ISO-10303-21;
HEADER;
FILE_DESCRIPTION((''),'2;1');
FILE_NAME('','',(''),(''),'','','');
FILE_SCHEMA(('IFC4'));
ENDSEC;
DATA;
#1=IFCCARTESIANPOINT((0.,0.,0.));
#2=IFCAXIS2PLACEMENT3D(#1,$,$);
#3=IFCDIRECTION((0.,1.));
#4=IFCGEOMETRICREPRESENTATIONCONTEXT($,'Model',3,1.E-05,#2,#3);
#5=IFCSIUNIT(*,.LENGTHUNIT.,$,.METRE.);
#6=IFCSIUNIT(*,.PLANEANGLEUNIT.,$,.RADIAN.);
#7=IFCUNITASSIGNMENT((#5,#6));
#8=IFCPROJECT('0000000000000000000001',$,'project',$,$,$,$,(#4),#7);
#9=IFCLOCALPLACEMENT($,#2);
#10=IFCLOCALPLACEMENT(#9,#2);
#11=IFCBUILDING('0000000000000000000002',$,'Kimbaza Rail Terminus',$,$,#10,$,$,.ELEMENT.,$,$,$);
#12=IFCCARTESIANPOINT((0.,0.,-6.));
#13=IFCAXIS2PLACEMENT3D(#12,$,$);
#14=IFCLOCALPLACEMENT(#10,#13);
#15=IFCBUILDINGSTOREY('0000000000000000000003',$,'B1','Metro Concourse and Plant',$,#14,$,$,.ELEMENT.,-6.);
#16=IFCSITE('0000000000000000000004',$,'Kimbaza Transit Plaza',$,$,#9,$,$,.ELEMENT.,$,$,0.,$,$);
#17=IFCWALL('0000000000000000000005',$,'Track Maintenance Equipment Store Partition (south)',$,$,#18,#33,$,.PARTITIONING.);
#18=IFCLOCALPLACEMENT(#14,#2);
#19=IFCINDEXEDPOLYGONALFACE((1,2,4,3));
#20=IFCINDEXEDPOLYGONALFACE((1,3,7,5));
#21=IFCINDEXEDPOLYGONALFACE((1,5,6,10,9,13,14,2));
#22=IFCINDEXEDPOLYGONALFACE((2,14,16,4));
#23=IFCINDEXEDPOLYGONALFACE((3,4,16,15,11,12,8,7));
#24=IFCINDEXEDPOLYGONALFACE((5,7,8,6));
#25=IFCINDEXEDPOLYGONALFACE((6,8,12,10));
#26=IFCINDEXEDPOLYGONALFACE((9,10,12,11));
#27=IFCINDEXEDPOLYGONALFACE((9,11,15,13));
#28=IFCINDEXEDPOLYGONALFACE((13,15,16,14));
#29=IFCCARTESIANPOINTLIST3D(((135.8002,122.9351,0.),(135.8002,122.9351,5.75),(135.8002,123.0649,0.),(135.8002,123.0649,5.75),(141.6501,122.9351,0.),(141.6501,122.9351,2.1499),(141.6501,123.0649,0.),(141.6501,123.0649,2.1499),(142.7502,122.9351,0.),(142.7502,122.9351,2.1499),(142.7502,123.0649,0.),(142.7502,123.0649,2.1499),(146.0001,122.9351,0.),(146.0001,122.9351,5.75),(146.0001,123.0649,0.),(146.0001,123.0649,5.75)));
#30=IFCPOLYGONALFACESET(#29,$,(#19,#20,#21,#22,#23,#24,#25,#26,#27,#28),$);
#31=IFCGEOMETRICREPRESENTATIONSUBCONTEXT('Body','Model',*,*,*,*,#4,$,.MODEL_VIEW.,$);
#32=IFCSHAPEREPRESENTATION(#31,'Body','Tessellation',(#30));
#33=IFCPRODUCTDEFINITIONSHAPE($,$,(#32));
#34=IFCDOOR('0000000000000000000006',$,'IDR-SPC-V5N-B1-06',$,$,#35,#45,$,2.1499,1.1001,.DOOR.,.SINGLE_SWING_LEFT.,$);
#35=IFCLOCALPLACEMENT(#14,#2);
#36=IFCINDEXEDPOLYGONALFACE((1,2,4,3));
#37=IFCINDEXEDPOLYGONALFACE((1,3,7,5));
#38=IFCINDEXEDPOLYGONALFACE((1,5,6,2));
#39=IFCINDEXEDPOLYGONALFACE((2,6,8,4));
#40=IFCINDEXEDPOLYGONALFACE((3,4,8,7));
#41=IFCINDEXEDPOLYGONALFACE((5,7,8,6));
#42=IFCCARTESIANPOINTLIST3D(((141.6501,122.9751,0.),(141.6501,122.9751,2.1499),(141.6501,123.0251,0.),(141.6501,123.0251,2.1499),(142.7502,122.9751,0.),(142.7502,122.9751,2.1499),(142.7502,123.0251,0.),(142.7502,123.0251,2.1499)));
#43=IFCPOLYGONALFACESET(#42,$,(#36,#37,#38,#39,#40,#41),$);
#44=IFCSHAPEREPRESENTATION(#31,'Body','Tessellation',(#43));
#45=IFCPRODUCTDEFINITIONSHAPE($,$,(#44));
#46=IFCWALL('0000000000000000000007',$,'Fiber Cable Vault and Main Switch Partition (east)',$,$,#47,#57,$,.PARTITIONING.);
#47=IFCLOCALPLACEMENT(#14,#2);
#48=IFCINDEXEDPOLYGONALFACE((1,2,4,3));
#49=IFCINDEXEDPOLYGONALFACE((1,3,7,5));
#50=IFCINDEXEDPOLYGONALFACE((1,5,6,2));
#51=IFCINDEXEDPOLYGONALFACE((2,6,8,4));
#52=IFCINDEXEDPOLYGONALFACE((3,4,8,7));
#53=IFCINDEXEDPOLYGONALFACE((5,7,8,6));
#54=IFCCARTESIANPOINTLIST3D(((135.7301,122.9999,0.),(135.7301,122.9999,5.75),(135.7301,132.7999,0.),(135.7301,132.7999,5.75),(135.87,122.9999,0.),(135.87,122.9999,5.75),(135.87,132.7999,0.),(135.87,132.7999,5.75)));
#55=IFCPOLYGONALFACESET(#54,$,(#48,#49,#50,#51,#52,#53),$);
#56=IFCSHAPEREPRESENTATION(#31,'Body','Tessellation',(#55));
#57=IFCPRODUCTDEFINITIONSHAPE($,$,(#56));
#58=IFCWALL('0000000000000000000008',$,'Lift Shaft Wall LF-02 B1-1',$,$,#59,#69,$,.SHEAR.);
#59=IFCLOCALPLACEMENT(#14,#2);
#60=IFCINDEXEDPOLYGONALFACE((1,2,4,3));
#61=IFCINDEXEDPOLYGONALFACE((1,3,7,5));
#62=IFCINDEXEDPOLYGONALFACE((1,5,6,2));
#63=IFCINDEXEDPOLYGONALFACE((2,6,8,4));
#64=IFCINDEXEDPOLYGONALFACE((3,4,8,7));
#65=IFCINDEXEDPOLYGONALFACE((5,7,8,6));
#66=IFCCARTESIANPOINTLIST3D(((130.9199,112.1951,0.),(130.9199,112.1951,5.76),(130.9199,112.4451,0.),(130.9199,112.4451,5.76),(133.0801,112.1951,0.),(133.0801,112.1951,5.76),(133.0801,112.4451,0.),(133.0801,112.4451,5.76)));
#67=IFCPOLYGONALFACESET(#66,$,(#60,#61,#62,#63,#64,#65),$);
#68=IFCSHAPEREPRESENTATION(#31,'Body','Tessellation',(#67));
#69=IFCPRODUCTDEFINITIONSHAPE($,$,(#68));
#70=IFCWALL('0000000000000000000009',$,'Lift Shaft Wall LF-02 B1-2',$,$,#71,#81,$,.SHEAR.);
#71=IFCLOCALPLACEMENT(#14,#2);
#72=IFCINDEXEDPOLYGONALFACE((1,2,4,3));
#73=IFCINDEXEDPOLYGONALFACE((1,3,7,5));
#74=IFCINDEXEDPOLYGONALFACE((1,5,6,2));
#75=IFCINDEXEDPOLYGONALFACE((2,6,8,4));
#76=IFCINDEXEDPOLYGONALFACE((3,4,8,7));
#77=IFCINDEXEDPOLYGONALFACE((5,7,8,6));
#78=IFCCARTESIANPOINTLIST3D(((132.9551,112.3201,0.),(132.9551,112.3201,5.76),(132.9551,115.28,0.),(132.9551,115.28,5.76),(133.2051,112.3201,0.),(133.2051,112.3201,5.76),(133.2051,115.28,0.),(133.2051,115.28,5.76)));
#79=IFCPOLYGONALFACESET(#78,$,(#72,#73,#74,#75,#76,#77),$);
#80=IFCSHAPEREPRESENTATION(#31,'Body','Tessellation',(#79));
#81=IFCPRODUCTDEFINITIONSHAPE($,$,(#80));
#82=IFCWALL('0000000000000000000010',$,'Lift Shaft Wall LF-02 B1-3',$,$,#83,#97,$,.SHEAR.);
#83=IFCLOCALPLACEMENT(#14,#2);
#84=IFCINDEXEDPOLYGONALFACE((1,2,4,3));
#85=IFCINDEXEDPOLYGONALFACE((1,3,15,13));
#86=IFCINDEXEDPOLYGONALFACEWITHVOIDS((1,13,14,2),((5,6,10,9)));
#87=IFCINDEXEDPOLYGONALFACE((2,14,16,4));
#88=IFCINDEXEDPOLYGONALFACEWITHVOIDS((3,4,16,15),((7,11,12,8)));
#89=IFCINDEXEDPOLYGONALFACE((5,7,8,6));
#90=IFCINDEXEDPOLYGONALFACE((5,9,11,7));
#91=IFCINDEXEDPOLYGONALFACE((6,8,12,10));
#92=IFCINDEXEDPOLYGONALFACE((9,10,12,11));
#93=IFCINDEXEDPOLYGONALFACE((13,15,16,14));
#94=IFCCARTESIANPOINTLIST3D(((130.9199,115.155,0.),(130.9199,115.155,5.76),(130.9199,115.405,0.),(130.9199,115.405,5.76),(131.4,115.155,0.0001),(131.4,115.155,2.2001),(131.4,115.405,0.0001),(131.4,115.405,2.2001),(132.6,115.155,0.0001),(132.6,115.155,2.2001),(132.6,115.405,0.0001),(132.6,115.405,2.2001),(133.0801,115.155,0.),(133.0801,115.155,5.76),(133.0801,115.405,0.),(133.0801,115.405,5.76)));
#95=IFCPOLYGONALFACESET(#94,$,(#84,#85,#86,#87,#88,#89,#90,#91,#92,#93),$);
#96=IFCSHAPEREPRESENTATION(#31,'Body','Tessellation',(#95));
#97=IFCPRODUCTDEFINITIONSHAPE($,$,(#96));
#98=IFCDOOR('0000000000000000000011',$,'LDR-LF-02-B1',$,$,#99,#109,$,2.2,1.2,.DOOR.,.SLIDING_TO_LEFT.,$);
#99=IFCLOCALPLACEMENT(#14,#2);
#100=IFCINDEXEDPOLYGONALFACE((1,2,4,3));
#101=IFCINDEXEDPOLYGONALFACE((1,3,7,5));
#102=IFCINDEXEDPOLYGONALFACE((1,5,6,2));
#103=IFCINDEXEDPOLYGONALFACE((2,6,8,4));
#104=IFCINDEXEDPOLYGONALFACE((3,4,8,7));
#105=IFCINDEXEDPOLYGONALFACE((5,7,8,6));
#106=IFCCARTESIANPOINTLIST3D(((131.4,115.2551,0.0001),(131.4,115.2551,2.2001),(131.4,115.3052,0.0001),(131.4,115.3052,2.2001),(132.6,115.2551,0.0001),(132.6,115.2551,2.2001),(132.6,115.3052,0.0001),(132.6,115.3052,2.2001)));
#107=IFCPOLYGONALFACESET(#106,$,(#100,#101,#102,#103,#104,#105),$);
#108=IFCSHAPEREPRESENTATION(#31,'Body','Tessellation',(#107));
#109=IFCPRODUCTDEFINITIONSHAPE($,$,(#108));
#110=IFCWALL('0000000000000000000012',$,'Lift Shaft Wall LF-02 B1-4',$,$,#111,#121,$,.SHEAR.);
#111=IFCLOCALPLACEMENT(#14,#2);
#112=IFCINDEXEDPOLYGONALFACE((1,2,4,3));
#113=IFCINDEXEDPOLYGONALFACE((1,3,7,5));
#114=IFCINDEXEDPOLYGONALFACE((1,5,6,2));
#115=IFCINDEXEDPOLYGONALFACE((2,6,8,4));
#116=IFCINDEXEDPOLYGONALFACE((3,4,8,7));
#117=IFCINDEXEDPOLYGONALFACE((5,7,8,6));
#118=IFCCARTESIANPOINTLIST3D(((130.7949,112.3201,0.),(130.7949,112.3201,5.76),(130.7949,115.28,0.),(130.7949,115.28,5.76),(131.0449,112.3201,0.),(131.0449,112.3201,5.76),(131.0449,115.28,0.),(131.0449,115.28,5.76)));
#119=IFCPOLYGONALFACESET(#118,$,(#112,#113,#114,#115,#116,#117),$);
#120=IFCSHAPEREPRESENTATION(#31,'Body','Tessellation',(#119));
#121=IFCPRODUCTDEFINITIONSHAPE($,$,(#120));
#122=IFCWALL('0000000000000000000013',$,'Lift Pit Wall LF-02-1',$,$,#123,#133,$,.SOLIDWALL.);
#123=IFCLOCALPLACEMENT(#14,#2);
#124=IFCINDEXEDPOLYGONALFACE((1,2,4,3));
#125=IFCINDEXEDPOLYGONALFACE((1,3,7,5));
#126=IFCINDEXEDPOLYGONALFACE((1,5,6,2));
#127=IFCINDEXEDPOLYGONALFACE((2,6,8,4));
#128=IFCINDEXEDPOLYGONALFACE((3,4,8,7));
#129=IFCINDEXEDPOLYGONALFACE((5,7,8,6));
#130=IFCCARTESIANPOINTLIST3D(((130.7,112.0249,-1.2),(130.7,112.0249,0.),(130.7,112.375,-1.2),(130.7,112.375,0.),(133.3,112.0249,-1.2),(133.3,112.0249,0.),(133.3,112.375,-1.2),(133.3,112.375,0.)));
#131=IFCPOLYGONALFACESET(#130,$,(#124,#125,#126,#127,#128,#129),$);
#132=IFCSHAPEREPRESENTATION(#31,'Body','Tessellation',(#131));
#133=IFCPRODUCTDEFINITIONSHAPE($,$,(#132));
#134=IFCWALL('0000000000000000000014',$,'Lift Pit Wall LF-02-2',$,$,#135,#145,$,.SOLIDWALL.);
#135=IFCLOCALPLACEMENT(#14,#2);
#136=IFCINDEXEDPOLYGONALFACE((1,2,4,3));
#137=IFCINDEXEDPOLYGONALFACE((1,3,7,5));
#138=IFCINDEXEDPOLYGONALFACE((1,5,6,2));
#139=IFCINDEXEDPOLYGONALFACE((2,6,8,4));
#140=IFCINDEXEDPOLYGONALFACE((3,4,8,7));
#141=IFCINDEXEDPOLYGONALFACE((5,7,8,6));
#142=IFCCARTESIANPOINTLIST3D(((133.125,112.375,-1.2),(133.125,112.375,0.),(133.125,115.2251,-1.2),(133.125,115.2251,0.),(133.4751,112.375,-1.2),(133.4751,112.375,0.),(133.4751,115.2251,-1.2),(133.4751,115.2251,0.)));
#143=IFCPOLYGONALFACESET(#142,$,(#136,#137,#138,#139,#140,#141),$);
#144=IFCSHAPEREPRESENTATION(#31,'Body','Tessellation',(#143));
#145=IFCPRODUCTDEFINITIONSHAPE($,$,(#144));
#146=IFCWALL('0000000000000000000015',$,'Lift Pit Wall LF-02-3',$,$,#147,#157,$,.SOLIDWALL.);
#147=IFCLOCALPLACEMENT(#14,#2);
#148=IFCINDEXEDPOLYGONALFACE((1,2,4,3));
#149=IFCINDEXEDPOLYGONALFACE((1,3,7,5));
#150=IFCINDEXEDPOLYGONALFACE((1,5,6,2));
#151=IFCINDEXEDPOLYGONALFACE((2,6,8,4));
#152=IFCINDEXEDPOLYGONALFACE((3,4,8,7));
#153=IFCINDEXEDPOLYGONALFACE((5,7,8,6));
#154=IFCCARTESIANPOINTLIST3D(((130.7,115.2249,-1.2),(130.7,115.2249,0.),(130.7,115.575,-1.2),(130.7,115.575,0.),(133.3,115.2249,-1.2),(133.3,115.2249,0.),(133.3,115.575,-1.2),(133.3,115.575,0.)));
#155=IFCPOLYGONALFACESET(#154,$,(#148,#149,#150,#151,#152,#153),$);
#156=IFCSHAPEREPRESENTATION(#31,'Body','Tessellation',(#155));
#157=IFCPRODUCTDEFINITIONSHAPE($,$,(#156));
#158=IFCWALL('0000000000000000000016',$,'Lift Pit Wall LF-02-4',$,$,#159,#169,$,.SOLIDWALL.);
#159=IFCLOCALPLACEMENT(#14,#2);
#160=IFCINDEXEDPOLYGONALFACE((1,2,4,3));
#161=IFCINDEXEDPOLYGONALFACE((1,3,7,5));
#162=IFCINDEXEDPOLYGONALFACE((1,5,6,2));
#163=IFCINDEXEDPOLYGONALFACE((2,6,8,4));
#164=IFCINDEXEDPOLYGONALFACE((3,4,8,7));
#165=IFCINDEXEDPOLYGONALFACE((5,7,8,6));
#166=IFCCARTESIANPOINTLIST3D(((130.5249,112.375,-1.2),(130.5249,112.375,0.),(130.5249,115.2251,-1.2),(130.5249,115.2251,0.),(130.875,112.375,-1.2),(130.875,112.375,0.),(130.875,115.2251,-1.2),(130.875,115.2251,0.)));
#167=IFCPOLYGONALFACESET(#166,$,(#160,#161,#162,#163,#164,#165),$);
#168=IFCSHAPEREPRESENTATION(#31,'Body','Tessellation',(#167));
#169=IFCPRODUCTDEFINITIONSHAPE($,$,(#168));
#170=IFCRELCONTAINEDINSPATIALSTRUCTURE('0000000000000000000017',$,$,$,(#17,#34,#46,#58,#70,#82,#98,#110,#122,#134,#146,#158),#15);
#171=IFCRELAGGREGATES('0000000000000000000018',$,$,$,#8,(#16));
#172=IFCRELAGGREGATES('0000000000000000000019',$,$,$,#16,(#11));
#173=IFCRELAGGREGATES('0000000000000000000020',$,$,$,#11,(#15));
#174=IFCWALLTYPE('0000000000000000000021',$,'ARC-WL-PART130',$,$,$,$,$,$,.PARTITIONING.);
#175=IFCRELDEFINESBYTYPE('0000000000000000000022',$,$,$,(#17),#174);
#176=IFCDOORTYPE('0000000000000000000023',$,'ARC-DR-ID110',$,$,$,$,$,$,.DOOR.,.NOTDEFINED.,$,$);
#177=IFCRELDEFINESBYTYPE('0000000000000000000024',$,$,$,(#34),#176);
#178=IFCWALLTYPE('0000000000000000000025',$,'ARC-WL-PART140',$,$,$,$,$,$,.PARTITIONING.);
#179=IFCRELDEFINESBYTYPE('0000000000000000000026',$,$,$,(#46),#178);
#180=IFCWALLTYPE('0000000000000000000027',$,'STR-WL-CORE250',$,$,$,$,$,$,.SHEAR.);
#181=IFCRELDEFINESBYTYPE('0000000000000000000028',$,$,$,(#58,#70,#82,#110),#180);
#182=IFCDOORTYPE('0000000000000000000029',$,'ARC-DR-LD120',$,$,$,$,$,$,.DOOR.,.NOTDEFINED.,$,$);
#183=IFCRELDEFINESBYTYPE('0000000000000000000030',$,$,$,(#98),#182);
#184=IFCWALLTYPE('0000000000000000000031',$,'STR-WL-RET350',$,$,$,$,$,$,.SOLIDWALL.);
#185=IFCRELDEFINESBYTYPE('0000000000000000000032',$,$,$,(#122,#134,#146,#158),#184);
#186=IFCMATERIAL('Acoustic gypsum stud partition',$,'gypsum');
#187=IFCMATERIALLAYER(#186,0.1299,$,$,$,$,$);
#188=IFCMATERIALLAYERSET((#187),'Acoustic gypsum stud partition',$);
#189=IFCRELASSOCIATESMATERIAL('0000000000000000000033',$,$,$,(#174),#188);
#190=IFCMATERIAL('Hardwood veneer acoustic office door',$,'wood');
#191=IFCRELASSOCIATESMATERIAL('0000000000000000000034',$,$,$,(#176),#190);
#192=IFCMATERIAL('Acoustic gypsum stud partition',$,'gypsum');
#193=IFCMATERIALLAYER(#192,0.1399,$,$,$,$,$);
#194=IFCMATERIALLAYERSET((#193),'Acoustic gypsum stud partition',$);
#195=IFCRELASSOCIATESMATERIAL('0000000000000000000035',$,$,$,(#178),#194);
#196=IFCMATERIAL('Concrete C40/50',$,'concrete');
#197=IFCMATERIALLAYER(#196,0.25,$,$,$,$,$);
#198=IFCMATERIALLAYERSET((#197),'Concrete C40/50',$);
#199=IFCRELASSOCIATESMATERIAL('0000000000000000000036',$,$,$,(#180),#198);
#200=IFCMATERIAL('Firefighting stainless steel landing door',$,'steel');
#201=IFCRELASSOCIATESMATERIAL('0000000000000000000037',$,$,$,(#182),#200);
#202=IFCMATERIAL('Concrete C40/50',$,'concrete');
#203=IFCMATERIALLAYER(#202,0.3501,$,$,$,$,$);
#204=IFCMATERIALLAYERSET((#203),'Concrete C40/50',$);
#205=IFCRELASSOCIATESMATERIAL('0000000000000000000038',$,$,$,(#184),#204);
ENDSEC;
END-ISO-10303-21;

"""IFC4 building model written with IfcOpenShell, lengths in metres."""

from ifc_helpers import new_model, si_unit, direction, frame, frame_2d, origin, place, context, subcontext, project, spatial, rectangle, extrude, material, layer, layer_set, type_object, element, fill, save


model = new_model("IFC4")

# Units and contexts
model_context = context("Model", 3, precision=1e-05, world=origin(), true_north=direction((0.0, 1.0)))
body_context = subcontext(model_context, "Body", "Model", "MODEL_VIEW")
ifc_project = project(units=[si_unit("LENGTHUNIT", "METRE"), si_unit("PLANEANGLEUNIT", "RADIAN")], contexts=[model_context])

# Site, building, storey
site_placement = place(None, origin())
site = spatial("IfcSite", under=ifc_project, at=site_placement, Name="Kimbaza Transit Plaza", CompositionType="ELEMENT", RefElevation=0.0)
building_placement = place(site_placement, origin())
building = spatial("IfcBuilding", under=site, at=building_placement, Name="Kimbaza Rail Terminus", CompositionType="ELEMENT")
storey_placement = place(building_placement, frame((0.0, 0.0, -6.0)))
storey = spatial("IfcBuildingStorey", under=building, at=storey_placement, Name="B1", Description="Metro Concourse and Plant", CompositionType="ELEMENT", Elevation=-6.0)

# Wall, opening, door
ifc_material_1 = material(Name="Acoustic gypsum stud partition", Category="gypsum")
ifc_layer_1 = layer(ifc_material_1, 0.1299)
ifc_layer_set_1 = layer_set([ifc_layer_1], Name="Acoustic gypsum stud partition")
wall_type_1 = type_object("IfcWallType", Name="ARC-WL-PART130", PredefinedType="PARTITIONING", material=ifc_layer_set_1)
wall_1_placement = place(storey_placement, frame((135.8, 123.0, 0.0), z_axis=(0.0, 0.0, 1.0), x_axis=(1.0, 0.0, 0.0)))
wall_1 = element("IfcWall", 1, at=wall_1_placement, inside=storey, type_object=wall_type_1, Name="Track Maintenance Equipment Store Partition (south)", PredefinedType="PARTITIONING", context=body_context, shape_type="SweptSolid", body=[
    extrude(rectangle(XDim=10.2, YDim=0.1299, at=frame_2d((5.1001, 0.0))), origin(), (0.0, 0.0, 1.0), 5.75),
])
opening_1_placement = place(wall_1_placement, frame((6.9502, 0.0, 0.0), z_axis=(0.0, 0.0, 1.0), x_axis=(-1.0, 0.0, 0.0)))
opening_1 = element("IfcOpeningElement", 2, at=opening_1_placement, cuts=wall_1, PredefinedType="OPENING", context=body_context, shape_type="SweptSolid", body=[
    extrude(rectangle(XDim=1.1001, YDim=2.1499, at=frame_2d((0.55, 1.075))), frame((0.0, 0.075, 0.0), z_axis=(0.0, -1.0, 0.0), x_axis=(1.0, 0.0, 0.0)), (0.0, 0.0, 1.0), 0.1499),
])
ifc_material_2 = material(Name="Hardwood veneer acoustic office door", Category="wood")
door_type_1 = type_object("IfcDoorType", Name="ARC-DR-ID110", OperationType="NOTDEFINED", PredefinedType="DOOR", material=ifc_material_2)
door_1_placement = place(opening_1_placement, origin())
door_1 = element("IfcDoor", 3, at=door_1_placement, inside=storey, type_object=door_type_1, Name="IDR-SPC-V5N-B1-06", OperationType="SINGLE_SWING_LEFT", OverallHeight=2.1499, OverallWidth=1.1001, PredefinedType="DOOR", context=body_context, shape_type="SweptSolid", body=[
    extrude(rectangle(XDim=1.1001, YDim=2.1499, at=frame_2d((0.55, 1.075))), frame((0.0, 0.0249, 0.0), z_axis=(0.0, -1.0, 0.0), x_axis=(1.0, 0.0, 0.0)), (0.0, 0.0, 1.0), 0.05),
])
fill(opening_1, door_1)

# Walls
ifc_material_3 = material(Name="Acoustic gypsum stud partition", Category="gypsum")
ifc_layer_2 = layer(ifc_material_3, 0.1399)
ifc_layer_set_2 = layer_set([ifc_layer_2], Name="Acoustic gypsum stud partition")
wall_type_2 = type_object("IfcWallType", Name="ARC-WL-PART140", PredefinedType="PARTITIONING", material=ifc_layer_set_2)
wall_2_placement = place(storey_placement, frame((135.8, 123.0, 0.0), z_axis=(0.0, 0.0, 1.0), x_axis=(0.0, 1.0, 0.0)))
element("IfcWall", 4, at=wall_2_placement, inside=storey, type_object=wall_type_2, Name="Fiber Cable Vault and Main Switch Partition (east)", PredefinedType="PARTITIONING", context=body_context, shape_type="SweptSolid", body=[
    extrude(rectangle(XDim=9.8, YDim=0.1399, at=frame_2d((4.8999, 0.0))), origin(), (0.0, 0.0, 1.0), 5.75),
])
ifc_material_4 = material(Name="Concrete C40/50", Category="concrete")
ifc_layer_3 = layer(ifc_material_4, 0.25)
ifc_layer_set_3 = layer_set([ifc_layer_3], Name="Concrete C40/50")
wall_type_3 = type_object("IfcWallType", Name="STR-WL-CORE250", PredefinedType="SHEAR", material=ifc_layer_set_3)
wall_3_placement = place(storey_placement, frame((130.9199, 112.3201, 0.0), z_axis=(0.0, 0.0, 1.0), x_axis=(1.0, 0.0, 0.0)))
element("IfcWall", 5, at=wall_3_placement, inside=storey, type_object=wall_type_3, Name="Lift Shaft Wall LF-02 B1-1", PredefinedType="SHEAR", context=body_context, shape_type="SweptSolid", body=[
    extrude(rectangle(XDim=2.1602, YDim=0.25, at=frame_2d((1.0801, 0.0))), origin(), (0.0, 0.0, 1.0), 5.76),
])
wall_4_placement = place(storey_placement, frame((133.0801, 112.3201, 0.0), z_axis=(0.0, 0.0, 1.0), x_axis=(0.0, 1.0, 0.0)))
element("IfcWall", 6, at=wall_4_placement, inside=storey, type_object=wall_type_3, Name="Lift Shaft Wall LF-02 B1-2", PredefinedType="SHEAR", context=body_context, shape_type="SweptSolid", body=[
    extrude(rectangle(XDim=2.96, YDim=0.25, at=frame_2d((1.48, 0.0))), origin(), (0.0, 0.0, 1.0), 5.76),
])

# Wall, opening, door
wall_5_placement = place(storey_placement, frame((133.0801, 115.28, 0.0), z_axis=(0.0, 0.0, 1.0), x_axis=(-1.0, 0.0, 0.0)))
wall_5 = element("IfcWall", 7, at=wall_5_placement, inside=storey, type_object=wall_type_3, Name="Lift Shaft Wall LF-02 B1-3", PredefinedType="SHEAR", context=body_context, shape_type="SweptSolid", body=[
    extrude(rectangle(XDim=2.1602, YDim=0.25, at=frame_2d((1.0801, 0.0))), origin(), (0.0, 0.0, 1.0), 5.76),
])
opening_2_placement = place(wall_5_placement, frame((0.48, 0.0, 0.0)))
opening_2 = element("IfcOpeningElement", 8, at=opening_2_placement, cuts=wall_5, PredefinedType="OPENING", context=body_context, shape_type="SweptSolid", body=[
    extrude(rectangle(XDim=1.2, YDim=2.2, at=frame_2d((0.6001, 1.1001))), frame((0.0, 0.135, 0.0), z_axis=(0.0, -1.0, 0.0), x_axis=(1.0, 0.0, 0.0)), (0.0, 0.0, 1.0), 0.27),
])
ifc_material_5 = material(Name="Firefighting stainless steel landing door", Category="steel")
door_type_2 = type_object("IfcDoorType", Name="ARC-DR-LD120", OperationType="NOTDEFINED", PredefinedType="DOOR", material=ifc_material_5)
door_2_placement = place(opening_2_placement, origin())
door_2 = element("IfcDoor", 9, at=door_2_placement, inside=storey, type_object=door_type_2, Name="LDR-LF-02-B1", OperationType="SLIDING_TO_LEFT", OverallHeight=2.2, OverallWidth=1.2, PredefinedType="DOOR", context=body_context, shape_type="SweptSolid", body=[
    extrude(rectangle(XDim=1.2, YDim=2.2, at=frame_2d((0.6001, 1.1001))), frame((0.0, 0.0249, 0.0), z_axis=(0.0, -1.0, 0.0), x_axis=(1.0, 0.0, 0.0)), (0.0, 0.0, 1.0), 0.05),
])
fill(opening_2, door_2)

# Walls
wall_6_placement = place(storey_placement, frame((130.9199, 115.28, 0.0), z_axis=(0.0, 0.0, 1.0), x_axis=(0.0, -1.0, 0.0)))
element("IfcWall", 10, at=wall_6_placement, inside=storey, type_object=wall_type_3, Name="Lift Shaft Wall LF-02 B1-4", PredefinedType="SHEAR", context=body_context, shape_type="SweptSolid", body=[
    extrude(rectangle(XDim=2.96, YDim=0.25, at=frame_2d((1.48, 0.0))), origin(), (0.0, 0.0, 1.0), 5.76),
])
ifc_material_6 = material(Name="Concrete C40/50", Category="concrete")
ifc_layer_4 = layer(ifc_material_6, 0.3501)
ifc_layer_set_4 = layer_set([ifc_layer_4], Name="Concrete C40/50")
wall_type_4 = type_object("IfcWallType", Name="STR-WL-RET350", PredefinedType="SOLIDWALL", material=ifc_layer_set_4)
wall_7_placement = place(storey_placement, frame((130.7, 112.2, -1.2), z_axis=(0.0, 0.0, 1.0), x_axis=(1.0, 0.0, 0.0)))
element("IfcWall", 11, at=wall_7_placement, inside=storey, type_object=wall_type_4, Name="Lift Pit Wall LF-02-1", PredefinedType="SOLIDWALL", context=body_context, shape_type="SweptSolid", body=[
    extrude(rectangle(XDim=2.6001, YDim=0.3501, at=frame_2d((1.3, 0.0))), origin(), (0.0, 0.0, 1.0), 1.2),
])
wall_8_placement = place(storey_placement, frame((133.3, 112.375, -1.2), z_axis=(0.0, 0.0, 1.0), x_axis=(0.0, 1.0, 0.0)))
element("IfcWall", 12, at=wall_8_placement, inside=storey, type_object=wall_type_4, Name="Lift Pit Wall LF-02-2", PredefinedType="SOLIDWALL", context=body_context, shape_type="SweptSolid", body=[
    extrude(rectangle(XDim=2.8501, YDim=0.3501, at=frame_2d((1.425, 0.0))), origin(), (0.0, 0.0, 1.0), 1.2),
])
wall_9_placement = place(storey_placement, frame((133.3, 115.3999, -1.2), z_axis=(0.0, 0.0, 1.0), x_axis=(-1.0, 0.0, 0.0)))
element("IfcWall", 13, at=wall_9_placement, inside=storey, type_object=wall_type_4, Name="Lift Pit Wall LF-02-3", PredefinedType="SOLIDWALL", context=body_context, shape_type="SweptSolid", body=[
    extrude(rectangle(XDim=2.6001, YDim=0.3501, at=frame_2d((1.3, 0.0))), origin(), (0.0, 0.0, 1.0), 1.2),
])
wall_10_placement = place(storey_placement, frame((130.7, 115.2251, -1.2), z_axis=(0.0, 0.0, 1.0), x_axis=(0.0, -1.0, 0.0)))
element("IfcWall", 14, at=wall_10_placement, inside=storey, type_object=wall_type_4, Name="Lift Pit Wall LF-02-4", PredefinedType="SOLIDWALL", context=body_context, shape_type="SweptSolid", body=[
    extrude(rectangle(XDim=2.8501, YDim=0.3501, at=frame_2d((1.425, 0.0))), origin(), (0.0, 0.0, 1.0), 1.2),
])

save(model, "model.ifc")
